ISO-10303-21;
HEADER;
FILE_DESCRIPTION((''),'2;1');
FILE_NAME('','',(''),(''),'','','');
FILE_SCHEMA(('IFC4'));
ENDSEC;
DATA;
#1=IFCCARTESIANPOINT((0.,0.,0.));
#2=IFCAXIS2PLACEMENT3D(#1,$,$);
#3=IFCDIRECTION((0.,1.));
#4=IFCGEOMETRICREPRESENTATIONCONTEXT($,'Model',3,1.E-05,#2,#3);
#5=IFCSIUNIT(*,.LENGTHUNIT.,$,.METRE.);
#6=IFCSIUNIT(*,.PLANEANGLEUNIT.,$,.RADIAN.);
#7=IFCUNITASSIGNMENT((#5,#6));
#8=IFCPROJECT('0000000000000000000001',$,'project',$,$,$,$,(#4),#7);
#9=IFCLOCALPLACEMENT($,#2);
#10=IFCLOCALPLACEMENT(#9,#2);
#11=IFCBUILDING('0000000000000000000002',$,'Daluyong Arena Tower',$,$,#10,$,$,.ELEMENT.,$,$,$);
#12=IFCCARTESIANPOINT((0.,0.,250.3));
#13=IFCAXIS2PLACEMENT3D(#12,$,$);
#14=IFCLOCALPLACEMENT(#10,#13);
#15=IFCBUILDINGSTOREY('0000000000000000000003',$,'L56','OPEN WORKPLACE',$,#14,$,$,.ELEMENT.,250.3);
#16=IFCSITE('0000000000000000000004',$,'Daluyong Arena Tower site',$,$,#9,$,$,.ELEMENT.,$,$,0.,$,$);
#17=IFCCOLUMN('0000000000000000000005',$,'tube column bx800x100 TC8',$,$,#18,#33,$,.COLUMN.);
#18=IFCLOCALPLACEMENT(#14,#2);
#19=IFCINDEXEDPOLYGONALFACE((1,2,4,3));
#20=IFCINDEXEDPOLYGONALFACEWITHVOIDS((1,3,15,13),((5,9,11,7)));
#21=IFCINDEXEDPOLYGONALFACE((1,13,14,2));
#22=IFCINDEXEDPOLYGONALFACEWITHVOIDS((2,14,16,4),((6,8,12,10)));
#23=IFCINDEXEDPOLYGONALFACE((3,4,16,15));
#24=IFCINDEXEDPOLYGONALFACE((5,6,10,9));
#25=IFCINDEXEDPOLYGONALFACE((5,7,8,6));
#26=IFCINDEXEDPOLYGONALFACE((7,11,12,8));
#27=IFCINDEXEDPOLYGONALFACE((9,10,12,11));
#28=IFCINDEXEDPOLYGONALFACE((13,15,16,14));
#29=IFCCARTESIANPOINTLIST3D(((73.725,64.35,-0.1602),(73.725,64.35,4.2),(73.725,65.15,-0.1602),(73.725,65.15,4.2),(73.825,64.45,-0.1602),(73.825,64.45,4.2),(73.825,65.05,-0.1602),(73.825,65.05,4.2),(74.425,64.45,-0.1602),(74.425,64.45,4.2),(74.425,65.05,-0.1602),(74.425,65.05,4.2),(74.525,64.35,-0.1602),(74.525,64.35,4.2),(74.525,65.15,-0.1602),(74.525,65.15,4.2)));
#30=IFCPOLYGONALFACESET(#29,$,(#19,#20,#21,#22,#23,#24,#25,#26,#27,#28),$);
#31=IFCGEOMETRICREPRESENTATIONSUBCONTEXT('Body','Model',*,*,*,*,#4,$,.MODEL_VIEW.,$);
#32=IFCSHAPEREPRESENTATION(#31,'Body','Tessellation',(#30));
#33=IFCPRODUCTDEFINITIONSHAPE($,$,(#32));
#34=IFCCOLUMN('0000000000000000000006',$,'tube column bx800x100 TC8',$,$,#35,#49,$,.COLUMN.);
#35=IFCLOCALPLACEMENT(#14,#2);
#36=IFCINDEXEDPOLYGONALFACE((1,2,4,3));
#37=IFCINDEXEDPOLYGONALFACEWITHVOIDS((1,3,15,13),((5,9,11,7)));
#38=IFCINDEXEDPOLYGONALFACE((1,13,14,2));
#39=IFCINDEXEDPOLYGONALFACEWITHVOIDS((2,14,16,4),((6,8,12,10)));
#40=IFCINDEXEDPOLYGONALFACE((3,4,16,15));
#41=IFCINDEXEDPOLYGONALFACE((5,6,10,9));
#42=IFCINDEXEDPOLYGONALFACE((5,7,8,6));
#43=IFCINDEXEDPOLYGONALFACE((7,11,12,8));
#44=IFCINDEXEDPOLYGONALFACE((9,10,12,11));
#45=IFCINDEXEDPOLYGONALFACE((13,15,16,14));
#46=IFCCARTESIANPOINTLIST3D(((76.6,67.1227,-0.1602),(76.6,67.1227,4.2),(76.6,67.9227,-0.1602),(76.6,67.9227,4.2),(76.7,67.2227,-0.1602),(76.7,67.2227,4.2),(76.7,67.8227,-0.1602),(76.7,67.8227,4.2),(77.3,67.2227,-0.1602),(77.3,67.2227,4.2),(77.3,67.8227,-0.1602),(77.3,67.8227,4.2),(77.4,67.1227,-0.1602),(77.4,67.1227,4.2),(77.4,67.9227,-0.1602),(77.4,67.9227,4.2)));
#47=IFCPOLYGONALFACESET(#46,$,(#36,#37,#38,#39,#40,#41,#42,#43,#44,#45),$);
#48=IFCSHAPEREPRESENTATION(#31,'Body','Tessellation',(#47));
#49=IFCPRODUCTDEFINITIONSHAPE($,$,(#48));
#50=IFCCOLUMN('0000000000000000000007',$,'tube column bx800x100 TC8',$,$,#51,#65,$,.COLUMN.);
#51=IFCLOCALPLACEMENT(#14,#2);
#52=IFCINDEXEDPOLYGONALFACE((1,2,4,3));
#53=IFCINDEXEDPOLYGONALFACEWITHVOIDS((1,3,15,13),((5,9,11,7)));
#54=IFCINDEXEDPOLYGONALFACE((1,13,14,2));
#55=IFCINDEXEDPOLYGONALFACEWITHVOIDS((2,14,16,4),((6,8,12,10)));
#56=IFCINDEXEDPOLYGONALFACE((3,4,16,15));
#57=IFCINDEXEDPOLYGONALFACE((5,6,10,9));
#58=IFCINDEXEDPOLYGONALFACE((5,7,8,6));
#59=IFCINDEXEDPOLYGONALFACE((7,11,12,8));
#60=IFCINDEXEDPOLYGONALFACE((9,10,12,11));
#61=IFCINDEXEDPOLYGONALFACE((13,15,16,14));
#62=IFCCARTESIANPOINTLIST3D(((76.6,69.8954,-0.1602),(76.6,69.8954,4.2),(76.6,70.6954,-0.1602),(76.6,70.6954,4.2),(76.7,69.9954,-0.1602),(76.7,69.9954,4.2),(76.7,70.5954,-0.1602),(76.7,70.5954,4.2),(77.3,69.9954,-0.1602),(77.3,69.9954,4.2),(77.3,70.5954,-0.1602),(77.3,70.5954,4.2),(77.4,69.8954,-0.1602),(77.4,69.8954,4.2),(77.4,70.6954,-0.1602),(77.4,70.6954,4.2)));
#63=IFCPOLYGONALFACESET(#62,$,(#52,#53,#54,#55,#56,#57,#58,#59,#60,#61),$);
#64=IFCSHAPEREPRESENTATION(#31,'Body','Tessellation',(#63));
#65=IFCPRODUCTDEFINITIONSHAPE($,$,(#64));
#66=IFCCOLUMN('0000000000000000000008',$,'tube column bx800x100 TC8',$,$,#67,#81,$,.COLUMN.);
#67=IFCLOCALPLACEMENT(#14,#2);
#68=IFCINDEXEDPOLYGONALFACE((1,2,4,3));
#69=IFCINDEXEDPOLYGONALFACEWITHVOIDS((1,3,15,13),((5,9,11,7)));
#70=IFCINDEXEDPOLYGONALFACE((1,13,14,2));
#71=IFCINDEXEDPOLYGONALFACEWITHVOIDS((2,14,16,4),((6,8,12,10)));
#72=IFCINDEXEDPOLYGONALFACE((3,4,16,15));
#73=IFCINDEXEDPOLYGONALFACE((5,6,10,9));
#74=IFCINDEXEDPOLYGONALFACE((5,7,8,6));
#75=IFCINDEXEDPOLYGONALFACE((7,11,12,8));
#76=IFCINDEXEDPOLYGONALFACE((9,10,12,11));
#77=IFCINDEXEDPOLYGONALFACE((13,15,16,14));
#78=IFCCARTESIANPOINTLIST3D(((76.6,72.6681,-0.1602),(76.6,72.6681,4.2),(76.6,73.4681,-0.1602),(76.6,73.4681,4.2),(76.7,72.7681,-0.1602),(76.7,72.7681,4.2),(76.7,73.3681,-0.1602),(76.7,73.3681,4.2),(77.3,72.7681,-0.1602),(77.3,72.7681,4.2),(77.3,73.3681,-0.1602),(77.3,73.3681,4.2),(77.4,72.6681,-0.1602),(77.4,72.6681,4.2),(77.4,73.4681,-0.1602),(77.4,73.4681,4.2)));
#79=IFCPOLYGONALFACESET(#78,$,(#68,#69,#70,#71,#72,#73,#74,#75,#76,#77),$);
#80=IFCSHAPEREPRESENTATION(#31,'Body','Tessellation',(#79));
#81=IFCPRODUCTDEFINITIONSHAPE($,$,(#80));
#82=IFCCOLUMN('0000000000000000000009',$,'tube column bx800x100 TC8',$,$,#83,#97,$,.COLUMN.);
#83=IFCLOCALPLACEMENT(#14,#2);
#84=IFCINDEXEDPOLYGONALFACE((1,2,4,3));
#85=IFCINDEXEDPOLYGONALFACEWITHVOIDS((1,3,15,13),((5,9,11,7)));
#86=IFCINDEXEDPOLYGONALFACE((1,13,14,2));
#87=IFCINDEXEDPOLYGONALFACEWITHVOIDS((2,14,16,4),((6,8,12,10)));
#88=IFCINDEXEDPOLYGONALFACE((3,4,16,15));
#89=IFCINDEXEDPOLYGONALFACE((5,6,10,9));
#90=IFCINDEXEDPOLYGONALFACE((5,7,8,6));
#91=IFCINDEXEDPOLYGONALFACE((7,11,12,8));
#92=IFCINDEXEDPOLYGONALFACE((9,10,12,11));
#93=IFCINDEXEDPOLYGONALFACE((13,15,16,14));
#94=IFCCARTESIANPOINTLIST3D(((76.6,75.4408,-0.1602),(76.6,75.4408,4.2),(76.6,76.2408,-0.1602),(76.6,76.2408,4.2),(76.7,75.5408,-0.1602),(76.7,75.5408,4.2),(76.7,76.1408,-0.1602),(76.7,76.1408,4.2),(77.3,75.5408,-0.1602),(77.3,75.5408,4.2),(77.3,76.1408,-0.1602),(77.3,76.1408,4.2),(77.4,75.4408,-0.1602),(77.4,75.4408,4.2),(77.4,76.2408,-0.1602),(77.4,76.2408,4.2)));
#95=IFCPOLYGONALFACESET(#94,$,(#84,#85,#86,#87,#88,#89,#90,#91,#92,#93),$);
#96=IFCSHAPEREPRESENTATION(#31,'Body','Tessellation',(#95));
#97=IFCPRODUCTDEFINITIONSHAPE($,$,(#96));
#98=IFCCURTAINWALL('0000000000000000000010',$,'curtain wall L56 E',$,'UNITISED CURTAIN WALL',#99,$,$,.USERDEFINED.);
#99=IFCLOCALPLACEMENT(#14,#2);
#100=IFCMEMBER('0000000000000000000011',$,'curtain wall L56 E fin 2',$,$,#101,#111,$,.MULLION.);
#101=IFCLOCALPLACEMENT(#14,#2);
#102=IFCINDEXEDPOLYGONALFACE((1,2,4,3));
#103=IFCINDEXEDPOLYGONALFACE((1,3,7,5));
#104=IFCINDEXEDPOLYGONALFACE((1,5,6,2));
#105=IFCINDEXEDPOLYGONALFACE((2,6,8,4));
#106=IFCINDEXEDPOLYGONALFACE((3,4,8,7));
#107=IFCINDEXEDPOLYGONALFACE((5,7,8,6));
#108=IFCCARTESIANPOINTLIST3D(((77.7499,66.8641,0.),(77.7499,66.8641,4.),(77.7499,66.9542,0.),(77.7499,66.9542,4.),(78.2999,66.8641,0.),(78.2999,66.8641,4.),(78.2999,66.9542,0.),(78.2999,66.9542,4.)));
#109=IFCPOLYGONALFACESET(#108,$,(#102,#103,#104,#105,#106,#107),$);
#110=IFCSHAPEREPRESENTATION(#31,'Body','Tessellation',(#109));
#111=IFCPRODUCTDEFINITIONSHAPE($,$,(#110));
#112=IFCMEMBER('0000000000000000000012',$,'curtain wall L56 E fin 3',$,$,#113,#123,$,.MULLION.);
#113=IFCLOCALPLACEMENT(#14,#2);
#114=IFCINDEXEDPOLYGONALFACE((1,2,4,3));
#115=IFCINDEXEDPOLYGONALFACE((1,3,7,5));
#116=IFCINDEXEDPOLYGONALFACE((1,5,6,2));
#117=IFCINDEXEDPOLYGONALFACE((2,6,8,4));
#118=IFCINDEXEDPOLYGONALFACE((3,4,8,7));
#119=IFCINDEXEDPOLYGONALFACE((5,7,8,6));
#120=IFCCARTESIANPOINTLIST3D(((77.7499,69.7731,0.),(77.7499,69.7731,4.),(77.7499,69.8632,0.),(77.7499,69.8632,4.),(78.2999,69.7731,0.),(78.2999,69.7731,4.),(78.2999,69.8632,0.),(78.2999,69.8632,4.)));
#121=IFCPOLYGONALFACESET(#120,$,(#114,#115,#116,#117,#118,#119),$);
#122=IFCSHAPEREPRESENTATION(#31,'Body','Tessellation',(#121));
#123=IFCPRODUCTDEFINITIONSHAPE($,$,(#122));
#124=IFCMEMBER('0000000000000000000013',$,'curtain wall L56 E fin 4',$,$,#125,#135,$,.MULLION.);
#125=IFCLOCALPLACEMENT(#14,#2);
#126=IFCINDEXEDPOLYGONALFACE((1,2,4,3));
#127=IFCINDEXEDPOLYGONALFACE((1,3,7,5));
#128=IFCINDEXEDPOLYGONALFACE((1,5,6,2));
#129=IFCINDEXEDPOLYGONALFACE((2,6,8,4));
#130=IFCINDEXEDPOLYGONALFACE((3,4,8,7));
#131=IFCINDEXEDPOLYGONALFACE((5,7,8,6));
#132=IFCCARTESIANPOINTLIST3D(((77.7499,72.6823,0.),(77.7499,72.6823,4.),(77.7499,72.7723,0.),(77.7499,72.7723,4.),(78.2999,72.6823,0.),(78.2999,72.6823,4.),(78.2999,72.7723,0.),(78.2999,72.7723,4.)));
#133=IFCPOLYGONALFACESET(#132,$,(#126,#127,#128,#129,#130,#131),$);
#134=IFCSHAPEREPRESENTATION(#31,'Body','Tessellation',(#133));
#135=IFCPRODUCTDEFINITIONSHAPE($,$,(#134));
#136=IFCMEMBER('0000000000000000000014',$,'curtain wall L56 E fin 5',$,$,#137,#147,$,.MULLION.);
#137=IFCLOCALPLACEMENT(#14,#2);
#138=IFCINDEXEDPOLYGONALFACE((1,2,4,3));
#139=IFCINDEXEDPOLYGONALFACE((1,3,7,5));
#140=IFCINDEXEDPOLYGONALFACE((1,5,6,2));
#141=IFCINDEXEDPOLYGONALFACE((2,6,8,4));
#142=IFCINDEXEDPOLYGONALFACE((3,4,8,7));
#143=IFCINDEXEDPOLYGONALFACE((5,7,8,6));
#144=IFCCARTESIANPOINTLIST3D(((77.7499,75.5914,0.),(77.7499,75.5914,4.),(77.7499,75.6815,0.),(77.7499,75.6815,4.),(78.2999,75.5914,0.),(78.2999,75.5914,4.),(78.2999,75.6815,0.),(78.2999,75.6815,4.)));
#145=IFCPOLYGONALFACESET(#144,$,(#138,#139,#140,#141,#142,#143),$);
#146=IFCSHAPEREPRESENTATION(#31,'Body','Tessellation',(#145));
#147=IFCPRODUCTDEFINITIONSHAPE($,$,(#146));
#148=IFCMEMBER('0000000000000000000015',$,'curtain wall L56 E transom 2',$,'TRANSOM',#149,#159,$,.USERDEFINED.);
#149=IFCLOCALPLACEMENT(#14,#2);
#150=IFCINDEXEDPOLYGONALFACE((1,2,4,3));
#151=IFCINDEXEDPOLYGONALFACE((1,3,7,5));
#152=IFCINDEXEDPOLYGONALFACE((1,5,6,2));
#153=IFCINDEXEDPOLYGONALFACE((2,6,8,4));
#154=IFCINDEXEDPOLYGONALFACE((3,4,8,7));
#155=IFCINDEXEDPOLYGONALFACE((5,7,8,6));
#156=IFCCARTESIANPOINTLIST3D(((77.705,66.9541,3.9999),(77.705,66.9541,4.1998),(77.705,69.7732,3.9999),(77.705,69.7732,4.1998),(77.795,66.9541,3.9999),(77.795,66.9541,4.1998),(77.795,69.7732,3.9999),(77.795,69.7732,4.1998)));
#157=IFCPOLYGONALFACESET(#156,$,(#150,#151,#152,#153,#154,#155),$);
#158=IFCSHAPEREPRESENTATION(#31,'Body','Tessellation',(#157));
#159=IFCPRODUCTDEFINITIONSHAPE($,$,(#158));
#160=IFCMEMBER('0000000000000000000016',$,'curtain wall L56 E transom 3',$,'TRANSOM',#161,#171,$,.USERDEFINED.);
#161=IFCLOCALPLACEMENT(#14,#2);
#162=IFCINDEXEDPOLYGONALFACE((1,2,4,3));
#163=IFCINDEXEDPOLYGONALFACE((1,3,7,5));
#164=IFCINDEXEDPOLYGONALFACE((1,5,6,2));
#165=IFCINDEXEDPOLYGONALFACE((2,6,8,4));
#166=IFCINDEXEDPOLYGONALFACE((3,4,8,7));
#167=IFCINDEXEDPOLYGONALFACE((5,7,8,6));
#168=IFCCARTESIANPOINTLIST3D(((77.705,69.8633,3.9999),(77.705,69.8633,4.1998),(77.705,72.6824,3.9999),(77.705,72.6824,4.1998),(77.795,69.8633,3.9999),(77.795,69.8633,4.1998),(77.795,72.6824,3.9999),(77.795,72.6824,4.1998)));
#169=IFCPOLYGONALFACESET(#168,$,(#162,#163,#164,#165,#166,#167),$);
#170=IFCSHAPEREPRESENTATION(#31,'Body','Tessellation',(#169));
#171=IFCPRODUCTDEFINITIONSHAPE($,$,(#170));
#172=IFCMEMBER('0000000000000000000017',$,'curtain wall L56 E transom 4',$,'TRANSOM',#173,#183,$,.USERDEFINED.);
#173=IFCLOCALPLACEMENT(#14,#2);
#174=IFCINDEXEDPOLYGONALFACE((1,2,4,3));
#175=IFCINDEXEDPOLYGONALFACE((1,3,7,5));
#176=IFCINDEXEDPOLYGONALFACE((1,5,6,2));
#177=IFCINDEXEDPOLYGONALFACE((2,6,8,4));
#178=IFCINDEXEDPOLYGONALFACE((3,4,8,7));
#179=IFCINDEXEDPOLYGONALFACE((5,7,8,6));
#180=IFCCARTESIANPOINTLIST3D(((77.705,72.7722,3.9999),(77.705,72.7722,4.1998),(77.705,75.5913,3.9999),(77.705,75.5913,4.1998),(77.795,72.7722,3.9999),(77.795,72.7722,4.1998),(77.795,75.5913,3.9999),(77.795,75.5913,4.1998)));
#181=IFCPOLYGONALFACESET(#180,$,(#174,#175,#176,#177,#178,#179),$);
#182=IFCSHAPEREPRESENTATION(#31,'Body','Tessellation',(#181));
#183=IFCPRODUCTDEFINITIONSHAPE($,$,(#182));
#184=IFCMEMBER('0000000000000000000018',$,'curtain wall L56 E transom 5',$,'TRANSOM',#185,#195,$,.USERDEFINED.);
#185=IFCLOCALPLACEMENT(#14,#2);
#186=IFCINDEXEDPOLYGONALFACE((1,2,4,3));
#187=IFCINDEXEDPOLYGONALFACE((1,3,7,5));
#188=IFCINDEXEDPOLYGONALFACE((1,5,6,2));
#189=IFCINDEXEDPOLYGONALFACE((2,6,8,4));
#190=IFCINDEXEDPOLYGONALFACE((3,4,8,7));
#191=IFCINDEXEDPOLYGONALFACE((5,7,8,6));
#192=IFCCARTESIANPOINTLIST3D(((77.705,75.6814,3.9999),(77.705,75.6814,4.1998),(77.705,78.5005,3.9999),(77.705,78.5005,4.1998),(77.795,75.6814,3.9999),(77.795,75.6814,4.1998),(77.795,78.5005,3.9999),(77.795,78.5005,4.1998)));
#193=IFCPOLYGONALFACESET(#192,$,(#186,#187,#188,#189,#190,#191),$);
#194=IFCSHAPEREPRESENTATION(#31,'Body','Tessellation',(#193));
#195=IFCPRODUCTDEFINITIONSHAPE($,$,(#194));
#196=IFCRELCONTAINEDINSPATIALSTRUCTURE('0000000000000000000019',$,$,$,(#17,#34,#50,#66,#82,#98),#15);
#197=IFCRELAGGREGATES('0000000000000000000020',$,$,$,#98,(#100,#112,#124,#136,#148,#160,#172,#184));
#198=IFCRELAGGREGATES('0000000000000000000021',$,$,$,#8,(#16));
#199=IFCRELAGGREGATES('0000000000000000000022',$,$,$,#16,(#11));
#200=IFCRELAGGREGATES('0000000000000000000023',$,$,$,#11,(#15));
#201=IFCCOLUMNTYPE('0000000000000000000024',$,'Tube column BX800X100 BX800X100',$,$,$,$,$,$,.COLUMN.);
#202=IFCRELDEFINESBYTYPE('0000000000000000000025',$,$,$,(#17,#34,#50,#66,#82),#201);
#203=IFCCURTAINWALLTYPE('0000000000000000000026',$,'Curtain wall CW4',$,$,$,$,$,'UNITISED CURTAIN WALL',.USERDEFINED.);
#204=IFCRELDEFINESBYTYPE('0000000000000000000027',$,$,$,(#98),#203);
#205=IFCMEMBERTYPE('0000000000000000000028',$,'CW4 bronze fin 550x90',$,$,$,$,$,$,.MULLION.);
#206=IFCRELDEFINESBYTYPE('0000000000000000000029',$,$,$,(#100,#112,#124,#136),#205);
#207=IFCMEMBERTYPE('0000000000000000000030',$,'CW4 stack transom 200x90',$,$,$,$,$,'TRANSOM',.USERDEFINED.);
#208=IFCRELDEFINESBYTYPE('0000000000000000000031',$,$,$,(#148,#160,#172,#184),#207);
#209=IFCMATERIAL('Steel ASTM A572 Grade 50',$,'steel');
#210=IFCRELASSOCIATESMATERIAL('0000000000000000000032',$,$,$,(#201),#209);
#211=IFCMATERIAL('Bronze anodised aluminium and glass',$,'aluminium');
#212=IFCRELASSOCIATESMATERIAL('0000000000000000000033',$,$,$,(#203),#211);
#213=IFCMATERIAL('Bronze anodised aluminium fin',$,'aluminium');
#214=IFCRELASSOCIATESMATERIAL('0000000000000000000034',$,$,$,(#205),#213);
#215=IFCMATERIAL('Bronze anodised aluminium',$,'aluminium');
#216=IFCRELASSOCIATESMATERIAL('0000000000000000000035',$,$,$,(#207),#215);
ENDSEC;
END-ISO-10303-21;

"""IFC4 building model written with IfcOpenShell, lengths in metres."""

from ifc_helpers import new_model, si_unit, direction, frame, origin, origin_2d, place, context, subcontext, project, spatial, rectangle, hollow_rectangle, extrude, material, material_profile, profile_set, type_object, element, aggregate, save


model = new_model("IFC4")

# Units and contexts
model_context = context("Model", 3, precision=1e-05, world=origin(), true_north=direction((0.0, 1.0)))
body_context = subcontext(model_context, "Body", "Model", "MODEL_VIEW")
ifc_project = project(units=[si_unit("LENGTHUNIT", "METRE"), si_unit("PLANEANGLEUNIT", "RADIAN")], contexts=[model_context])

# Site, building, storey
site_placement = place(None, origin())
site = spatial("IfcSite", under=ifc_project, at=site_placement, Name="Daluyong Arena Tower site", CompositionType="ELEMENT", RefElevation=0.0)
building_placement = place(site_placement, origin())
building = spatial("IfcBuilding", under=site, at=building_placement, Name="Daluyong Arena Tower", CompositionType="ELEMENT")
storey_placement = place(building_placement, frame((0.0, 0.0, 250.3)))
storey = spatial("IfcBuildingStorey", under=building, at=storey_placement, Name="L56", Description="OPEN WORKPLACE", CompositionType="ELEMENT", Elevation=250.3)

# Columns
ifc_material_1 = material(Name="Steel ASTM A572 Grade 50", Category="steel")
ifc_material_profile_1 = material_profile(ifc_material_1, hollow_rectangle(XDim=0.8, YDim=0.8, WallThickness=0.1, at=origin_2d()))
ifc_profile_set_1 = profile_set([ifc_material_profile_1], Name="Steel ASTM A572 Grade 50")
column_type = type_object("IfcColumnType", Name="Tube column BX800X100 BX800X100", PredefinedType="COLUMN", material=ifc_profile_set_1)
for number, where, z_axis, x_axis, name in (
    (1, (74.125, 64.75, -0.1602), (0.0, 0.0, 1.0), (1.0, 0.0, 0.0), "tube column bx800x100 TC8"),
    (2, (77.0, 67.5227, -0.1602), (0.0, 0.0, 1.0), (0.0, 1.0, 0.0), "tube column bx800x100 TC8"),
    (3, (77.0, 70.2954, -0.1602), (0.0, 0.0, 1.0), (0.0, 1.0, 0.0), "tube column bx800x100 TC8"),
    (4, (77.0, 73.0681, -0.1602), (0.0, 0.0, 1.0), (0.0, 1.0, 0.0), "tube column bx800x100 TC8"),
    (5, (77.0, 75.8408, -0.1602), (0.0, 0.0, 1.0), (0.0, 1.0, 0.0), "tube column bx800x100 TC8"),
):
    element("IfcColumn", number, at=place(storey_placement, frame(where, z_axis=z_axis, x_axis=x_axis)), inside=storey, type_object=column_type, Name=name, PredefinedType="COLUMN", context=body_context, shape_type="SweptSolid", body=[
        extrude(hollow_rectangle(XDim=0.8, YDim=0.8, WallThickness=0.1, at=origin_2d()), origin(), (0.0, 0.0, 1.0), 4.3601),
    ])

# Curtain wall, members
ifc_material_2 = material(Name="Bronze anodised aluminium and glass", Category="aluminium")
curtain_wall_type = type_object("IfcCurtainWallType", Name="Curtain wall CW4", ElementType="UNITISED CURTAIN WALL", PredefinedType="USERDEFINED", material=ifc_material_2)
curtain_wall_placement = place(storey_placement, origin())
curtain_wall = element("IfcCurtainWall", 6, at=curtain_wall_placement, inside=storey, type_object=curtain_wall_type, Name="curtain wall L56 E", ObjectType="UNITISED CURTAIN WALL", PredefinedType="USERDEFINED")
ifc_material_3 = material(Name="Bronze anodised aluminium fin", Category="aluminium")
ifc_material_profile_2 = material_profile(ifc_material_3, rectangle(XDim=0.55, YDim=0.0901, at=origin_2d()))
ifc_profile_set_2 = profile_set([ifc_material_profile_2], Name="Bronze anodised aluminium fin")
member_type_1 = type_object("IfcMemberType", Name="CW4 bronze fin 550x90", PredefinedType="MULLION", material=ifc_profile_set_2)
member_1_placement = place(storey_placement, frame((78.0249, 66.9092, 0.0), z_axis=(0.0, 0.0, 1.0), x_axis=(-1.0, 0.0, 0.0)))
member_1 = element("IfcMember", 7, at=member_1_placement, type_object=member_type_1, Name="curtain wall L56 E fin 2", PredefinedType="MULLION", context=body_context, shape_type="SweptSolid", body=[
    extrude(rectangle(XDim=0.55, YDim=0.0901, at=origin_2d()), origin(), (0.0, 0.0, 1.0), 4.0),
])
member_2_placement = place(storey_placement, frame((78.0249, 69.8181, 0.0), z_axis=(0.0, 0.0, 1.0), x_axis=(-1.0, 0.0, 0.0)))
member_2 = element("IfcMember", 8, at=member_2_placement, type_object=member_type_1, Name="curtain wall L56 E fin 3", PredefinedType="MULLION", context=body_context, shape_type="SweptSolid", body=[
    extrude(rectangle(XDim=0.55, YDim=0.0901, at=origin_2d()), origin(), (0.0, 0.0, 1.0), 4.0),
])
member_3_placement = place(storey_placement, frame((78.0249, 72.7273, 0.0), z_axis=(0.0, 0.0, 1.0), x_axis=(-1.0, 0.0, 0.0)))
member_3 = element("IfcMember", 9, at=member_3_placement, type_object=member_type_1, Name="curtain wall L56 E fin 4", PredefinedType="MULLION", context=body_context, shape_type="SweptSolid", body=[
    extrude(rectangle(XDim=0.55, YDim=0.0901, at=origin_2d()), origin(), (0.0, 0.0, 1.0), 4.0),
])
member_4_placement = place(storey_placement, frame((78.0249, 75.6365, 0.0), z_axis=(0.0, 0.0, 1.0), x_axis=(-1.0, 0.0, 0.0)))
member_4 = element("IfcMember", 10, at=member_4_placement, type_object=member_type_1, Name="curtain wall L56 E fin 5", PredefinedType="MULLION", context=body_context, shape_type="SweptSolid", body=[
    extrude(rectangle(XDim=0.55, YDim=0.0901, at=origin_2d()), origin(), (0.0, 0.0, 1.0), 4.0),
])
ifc_material_4 = material(Name="Bronze anodised aluminium", Category="aluminium")
ifc_material_profile_3 = material_profile(ifc_material_4, rectangle(XDim=0.0901, YDim=0.2, at=origin_2d()))
ifc_profile_set_3 = profile_set([ifc_material_profile_3], Name="Bronze anodised aluminium")
member_type_2 = type_object("IfcMemberType", Name="CW4 stack transom 200x90", ElementType="TRANSOM", PredefinedType="USERDEFINED", material=ifc_profile_set_3)
member_5_placement = place(storey_placement, frame((77.75, 66.9541, 4.0999), z_axis=(0.0, 1.0, 0.0), x_axis=(-1.0, 0.0, 0.0)))
member_5 = element("IfcMember", 11, at=member_5_placement, type_object=member_type_2, Name="curtain wall L56 E transom 2", ObjectType="TRANSOM", PredefinedType="USERDEFINED", context=body_context, shape_type="SweptSolid", body=[
    extrude(rectangle(XDim=0.0901, YDim=0.2, at=origin_2d()), origin(), (0.0, 0.0, 1.0), 2.8191),
])
member_6_placement = place(storey_placement, frame((77.75, 69.8633, 4.0999), z_axis=(0.0, 1.0, 0.0), x_axis=(-1.0, 0.0, 0.0)))
member_6 = element("IfcMember", 12, at=member_6_placement, type_object=member_type_2, Name="curtain wall L56 E transom 3", ObjectType="TRANSOM", PredefinedType="USERDEFINED", context=body_context, shape_type="SweptSolid", body=[
    extrude(rectangle(XDim=0.0901, YDim=0.2, at=origin_2d()), origin(), (0.0, 0.0, 1.0), 2.8191),
])
member_7_placement = place(storey_placement, frame((77.75, 72.7722, 4.0999), z_axis=(0.0, 1.0, 0.0), x_axis=(-1.0, 0.0, 0.0)))
member_7 = element("IfcMember", 13, at=member_7_placement, type_object=member_type_2, Name="curtain wall L56 E transom 4", ObjectType="TRANSOM", PredefinedType="USERDEFINED", context=body_context, shape_type="SweptSolid", body=[
    extrude(rectangle(XDim=0.0901, YDim=0.2, at=origin_2d()), origin(), (0.0, 0.0, 1.0), 2.8191),
])
member_8_placement = place(storey_placement, frame((77.75, 75.6814, 4.0999), z_axis=(0.0, 1.0, 0.0), x_axis=(-1.0, 0.0, 0.0)))
member_8 = element("IfcMember", 14, at=member_8_placement, type_object=member_type_2, Name="curtain wall L56 E transom 5", ObjectType="TRANSOM", PredefinedType="USERDEFINED", context=body_context, shape_type="SweptSolid", body=[
    extrude(rectangle(XDim=0.0901, YDim=0.2, at=origin_2d()), origin(), (0.0, 0.0, 1.0), 2.8191),
])

aggregate(curtain_wall, [member_1, member_2, member_3, member_4, member_5, member_6, member_7, member_8])

save(model, "model.ifc")
